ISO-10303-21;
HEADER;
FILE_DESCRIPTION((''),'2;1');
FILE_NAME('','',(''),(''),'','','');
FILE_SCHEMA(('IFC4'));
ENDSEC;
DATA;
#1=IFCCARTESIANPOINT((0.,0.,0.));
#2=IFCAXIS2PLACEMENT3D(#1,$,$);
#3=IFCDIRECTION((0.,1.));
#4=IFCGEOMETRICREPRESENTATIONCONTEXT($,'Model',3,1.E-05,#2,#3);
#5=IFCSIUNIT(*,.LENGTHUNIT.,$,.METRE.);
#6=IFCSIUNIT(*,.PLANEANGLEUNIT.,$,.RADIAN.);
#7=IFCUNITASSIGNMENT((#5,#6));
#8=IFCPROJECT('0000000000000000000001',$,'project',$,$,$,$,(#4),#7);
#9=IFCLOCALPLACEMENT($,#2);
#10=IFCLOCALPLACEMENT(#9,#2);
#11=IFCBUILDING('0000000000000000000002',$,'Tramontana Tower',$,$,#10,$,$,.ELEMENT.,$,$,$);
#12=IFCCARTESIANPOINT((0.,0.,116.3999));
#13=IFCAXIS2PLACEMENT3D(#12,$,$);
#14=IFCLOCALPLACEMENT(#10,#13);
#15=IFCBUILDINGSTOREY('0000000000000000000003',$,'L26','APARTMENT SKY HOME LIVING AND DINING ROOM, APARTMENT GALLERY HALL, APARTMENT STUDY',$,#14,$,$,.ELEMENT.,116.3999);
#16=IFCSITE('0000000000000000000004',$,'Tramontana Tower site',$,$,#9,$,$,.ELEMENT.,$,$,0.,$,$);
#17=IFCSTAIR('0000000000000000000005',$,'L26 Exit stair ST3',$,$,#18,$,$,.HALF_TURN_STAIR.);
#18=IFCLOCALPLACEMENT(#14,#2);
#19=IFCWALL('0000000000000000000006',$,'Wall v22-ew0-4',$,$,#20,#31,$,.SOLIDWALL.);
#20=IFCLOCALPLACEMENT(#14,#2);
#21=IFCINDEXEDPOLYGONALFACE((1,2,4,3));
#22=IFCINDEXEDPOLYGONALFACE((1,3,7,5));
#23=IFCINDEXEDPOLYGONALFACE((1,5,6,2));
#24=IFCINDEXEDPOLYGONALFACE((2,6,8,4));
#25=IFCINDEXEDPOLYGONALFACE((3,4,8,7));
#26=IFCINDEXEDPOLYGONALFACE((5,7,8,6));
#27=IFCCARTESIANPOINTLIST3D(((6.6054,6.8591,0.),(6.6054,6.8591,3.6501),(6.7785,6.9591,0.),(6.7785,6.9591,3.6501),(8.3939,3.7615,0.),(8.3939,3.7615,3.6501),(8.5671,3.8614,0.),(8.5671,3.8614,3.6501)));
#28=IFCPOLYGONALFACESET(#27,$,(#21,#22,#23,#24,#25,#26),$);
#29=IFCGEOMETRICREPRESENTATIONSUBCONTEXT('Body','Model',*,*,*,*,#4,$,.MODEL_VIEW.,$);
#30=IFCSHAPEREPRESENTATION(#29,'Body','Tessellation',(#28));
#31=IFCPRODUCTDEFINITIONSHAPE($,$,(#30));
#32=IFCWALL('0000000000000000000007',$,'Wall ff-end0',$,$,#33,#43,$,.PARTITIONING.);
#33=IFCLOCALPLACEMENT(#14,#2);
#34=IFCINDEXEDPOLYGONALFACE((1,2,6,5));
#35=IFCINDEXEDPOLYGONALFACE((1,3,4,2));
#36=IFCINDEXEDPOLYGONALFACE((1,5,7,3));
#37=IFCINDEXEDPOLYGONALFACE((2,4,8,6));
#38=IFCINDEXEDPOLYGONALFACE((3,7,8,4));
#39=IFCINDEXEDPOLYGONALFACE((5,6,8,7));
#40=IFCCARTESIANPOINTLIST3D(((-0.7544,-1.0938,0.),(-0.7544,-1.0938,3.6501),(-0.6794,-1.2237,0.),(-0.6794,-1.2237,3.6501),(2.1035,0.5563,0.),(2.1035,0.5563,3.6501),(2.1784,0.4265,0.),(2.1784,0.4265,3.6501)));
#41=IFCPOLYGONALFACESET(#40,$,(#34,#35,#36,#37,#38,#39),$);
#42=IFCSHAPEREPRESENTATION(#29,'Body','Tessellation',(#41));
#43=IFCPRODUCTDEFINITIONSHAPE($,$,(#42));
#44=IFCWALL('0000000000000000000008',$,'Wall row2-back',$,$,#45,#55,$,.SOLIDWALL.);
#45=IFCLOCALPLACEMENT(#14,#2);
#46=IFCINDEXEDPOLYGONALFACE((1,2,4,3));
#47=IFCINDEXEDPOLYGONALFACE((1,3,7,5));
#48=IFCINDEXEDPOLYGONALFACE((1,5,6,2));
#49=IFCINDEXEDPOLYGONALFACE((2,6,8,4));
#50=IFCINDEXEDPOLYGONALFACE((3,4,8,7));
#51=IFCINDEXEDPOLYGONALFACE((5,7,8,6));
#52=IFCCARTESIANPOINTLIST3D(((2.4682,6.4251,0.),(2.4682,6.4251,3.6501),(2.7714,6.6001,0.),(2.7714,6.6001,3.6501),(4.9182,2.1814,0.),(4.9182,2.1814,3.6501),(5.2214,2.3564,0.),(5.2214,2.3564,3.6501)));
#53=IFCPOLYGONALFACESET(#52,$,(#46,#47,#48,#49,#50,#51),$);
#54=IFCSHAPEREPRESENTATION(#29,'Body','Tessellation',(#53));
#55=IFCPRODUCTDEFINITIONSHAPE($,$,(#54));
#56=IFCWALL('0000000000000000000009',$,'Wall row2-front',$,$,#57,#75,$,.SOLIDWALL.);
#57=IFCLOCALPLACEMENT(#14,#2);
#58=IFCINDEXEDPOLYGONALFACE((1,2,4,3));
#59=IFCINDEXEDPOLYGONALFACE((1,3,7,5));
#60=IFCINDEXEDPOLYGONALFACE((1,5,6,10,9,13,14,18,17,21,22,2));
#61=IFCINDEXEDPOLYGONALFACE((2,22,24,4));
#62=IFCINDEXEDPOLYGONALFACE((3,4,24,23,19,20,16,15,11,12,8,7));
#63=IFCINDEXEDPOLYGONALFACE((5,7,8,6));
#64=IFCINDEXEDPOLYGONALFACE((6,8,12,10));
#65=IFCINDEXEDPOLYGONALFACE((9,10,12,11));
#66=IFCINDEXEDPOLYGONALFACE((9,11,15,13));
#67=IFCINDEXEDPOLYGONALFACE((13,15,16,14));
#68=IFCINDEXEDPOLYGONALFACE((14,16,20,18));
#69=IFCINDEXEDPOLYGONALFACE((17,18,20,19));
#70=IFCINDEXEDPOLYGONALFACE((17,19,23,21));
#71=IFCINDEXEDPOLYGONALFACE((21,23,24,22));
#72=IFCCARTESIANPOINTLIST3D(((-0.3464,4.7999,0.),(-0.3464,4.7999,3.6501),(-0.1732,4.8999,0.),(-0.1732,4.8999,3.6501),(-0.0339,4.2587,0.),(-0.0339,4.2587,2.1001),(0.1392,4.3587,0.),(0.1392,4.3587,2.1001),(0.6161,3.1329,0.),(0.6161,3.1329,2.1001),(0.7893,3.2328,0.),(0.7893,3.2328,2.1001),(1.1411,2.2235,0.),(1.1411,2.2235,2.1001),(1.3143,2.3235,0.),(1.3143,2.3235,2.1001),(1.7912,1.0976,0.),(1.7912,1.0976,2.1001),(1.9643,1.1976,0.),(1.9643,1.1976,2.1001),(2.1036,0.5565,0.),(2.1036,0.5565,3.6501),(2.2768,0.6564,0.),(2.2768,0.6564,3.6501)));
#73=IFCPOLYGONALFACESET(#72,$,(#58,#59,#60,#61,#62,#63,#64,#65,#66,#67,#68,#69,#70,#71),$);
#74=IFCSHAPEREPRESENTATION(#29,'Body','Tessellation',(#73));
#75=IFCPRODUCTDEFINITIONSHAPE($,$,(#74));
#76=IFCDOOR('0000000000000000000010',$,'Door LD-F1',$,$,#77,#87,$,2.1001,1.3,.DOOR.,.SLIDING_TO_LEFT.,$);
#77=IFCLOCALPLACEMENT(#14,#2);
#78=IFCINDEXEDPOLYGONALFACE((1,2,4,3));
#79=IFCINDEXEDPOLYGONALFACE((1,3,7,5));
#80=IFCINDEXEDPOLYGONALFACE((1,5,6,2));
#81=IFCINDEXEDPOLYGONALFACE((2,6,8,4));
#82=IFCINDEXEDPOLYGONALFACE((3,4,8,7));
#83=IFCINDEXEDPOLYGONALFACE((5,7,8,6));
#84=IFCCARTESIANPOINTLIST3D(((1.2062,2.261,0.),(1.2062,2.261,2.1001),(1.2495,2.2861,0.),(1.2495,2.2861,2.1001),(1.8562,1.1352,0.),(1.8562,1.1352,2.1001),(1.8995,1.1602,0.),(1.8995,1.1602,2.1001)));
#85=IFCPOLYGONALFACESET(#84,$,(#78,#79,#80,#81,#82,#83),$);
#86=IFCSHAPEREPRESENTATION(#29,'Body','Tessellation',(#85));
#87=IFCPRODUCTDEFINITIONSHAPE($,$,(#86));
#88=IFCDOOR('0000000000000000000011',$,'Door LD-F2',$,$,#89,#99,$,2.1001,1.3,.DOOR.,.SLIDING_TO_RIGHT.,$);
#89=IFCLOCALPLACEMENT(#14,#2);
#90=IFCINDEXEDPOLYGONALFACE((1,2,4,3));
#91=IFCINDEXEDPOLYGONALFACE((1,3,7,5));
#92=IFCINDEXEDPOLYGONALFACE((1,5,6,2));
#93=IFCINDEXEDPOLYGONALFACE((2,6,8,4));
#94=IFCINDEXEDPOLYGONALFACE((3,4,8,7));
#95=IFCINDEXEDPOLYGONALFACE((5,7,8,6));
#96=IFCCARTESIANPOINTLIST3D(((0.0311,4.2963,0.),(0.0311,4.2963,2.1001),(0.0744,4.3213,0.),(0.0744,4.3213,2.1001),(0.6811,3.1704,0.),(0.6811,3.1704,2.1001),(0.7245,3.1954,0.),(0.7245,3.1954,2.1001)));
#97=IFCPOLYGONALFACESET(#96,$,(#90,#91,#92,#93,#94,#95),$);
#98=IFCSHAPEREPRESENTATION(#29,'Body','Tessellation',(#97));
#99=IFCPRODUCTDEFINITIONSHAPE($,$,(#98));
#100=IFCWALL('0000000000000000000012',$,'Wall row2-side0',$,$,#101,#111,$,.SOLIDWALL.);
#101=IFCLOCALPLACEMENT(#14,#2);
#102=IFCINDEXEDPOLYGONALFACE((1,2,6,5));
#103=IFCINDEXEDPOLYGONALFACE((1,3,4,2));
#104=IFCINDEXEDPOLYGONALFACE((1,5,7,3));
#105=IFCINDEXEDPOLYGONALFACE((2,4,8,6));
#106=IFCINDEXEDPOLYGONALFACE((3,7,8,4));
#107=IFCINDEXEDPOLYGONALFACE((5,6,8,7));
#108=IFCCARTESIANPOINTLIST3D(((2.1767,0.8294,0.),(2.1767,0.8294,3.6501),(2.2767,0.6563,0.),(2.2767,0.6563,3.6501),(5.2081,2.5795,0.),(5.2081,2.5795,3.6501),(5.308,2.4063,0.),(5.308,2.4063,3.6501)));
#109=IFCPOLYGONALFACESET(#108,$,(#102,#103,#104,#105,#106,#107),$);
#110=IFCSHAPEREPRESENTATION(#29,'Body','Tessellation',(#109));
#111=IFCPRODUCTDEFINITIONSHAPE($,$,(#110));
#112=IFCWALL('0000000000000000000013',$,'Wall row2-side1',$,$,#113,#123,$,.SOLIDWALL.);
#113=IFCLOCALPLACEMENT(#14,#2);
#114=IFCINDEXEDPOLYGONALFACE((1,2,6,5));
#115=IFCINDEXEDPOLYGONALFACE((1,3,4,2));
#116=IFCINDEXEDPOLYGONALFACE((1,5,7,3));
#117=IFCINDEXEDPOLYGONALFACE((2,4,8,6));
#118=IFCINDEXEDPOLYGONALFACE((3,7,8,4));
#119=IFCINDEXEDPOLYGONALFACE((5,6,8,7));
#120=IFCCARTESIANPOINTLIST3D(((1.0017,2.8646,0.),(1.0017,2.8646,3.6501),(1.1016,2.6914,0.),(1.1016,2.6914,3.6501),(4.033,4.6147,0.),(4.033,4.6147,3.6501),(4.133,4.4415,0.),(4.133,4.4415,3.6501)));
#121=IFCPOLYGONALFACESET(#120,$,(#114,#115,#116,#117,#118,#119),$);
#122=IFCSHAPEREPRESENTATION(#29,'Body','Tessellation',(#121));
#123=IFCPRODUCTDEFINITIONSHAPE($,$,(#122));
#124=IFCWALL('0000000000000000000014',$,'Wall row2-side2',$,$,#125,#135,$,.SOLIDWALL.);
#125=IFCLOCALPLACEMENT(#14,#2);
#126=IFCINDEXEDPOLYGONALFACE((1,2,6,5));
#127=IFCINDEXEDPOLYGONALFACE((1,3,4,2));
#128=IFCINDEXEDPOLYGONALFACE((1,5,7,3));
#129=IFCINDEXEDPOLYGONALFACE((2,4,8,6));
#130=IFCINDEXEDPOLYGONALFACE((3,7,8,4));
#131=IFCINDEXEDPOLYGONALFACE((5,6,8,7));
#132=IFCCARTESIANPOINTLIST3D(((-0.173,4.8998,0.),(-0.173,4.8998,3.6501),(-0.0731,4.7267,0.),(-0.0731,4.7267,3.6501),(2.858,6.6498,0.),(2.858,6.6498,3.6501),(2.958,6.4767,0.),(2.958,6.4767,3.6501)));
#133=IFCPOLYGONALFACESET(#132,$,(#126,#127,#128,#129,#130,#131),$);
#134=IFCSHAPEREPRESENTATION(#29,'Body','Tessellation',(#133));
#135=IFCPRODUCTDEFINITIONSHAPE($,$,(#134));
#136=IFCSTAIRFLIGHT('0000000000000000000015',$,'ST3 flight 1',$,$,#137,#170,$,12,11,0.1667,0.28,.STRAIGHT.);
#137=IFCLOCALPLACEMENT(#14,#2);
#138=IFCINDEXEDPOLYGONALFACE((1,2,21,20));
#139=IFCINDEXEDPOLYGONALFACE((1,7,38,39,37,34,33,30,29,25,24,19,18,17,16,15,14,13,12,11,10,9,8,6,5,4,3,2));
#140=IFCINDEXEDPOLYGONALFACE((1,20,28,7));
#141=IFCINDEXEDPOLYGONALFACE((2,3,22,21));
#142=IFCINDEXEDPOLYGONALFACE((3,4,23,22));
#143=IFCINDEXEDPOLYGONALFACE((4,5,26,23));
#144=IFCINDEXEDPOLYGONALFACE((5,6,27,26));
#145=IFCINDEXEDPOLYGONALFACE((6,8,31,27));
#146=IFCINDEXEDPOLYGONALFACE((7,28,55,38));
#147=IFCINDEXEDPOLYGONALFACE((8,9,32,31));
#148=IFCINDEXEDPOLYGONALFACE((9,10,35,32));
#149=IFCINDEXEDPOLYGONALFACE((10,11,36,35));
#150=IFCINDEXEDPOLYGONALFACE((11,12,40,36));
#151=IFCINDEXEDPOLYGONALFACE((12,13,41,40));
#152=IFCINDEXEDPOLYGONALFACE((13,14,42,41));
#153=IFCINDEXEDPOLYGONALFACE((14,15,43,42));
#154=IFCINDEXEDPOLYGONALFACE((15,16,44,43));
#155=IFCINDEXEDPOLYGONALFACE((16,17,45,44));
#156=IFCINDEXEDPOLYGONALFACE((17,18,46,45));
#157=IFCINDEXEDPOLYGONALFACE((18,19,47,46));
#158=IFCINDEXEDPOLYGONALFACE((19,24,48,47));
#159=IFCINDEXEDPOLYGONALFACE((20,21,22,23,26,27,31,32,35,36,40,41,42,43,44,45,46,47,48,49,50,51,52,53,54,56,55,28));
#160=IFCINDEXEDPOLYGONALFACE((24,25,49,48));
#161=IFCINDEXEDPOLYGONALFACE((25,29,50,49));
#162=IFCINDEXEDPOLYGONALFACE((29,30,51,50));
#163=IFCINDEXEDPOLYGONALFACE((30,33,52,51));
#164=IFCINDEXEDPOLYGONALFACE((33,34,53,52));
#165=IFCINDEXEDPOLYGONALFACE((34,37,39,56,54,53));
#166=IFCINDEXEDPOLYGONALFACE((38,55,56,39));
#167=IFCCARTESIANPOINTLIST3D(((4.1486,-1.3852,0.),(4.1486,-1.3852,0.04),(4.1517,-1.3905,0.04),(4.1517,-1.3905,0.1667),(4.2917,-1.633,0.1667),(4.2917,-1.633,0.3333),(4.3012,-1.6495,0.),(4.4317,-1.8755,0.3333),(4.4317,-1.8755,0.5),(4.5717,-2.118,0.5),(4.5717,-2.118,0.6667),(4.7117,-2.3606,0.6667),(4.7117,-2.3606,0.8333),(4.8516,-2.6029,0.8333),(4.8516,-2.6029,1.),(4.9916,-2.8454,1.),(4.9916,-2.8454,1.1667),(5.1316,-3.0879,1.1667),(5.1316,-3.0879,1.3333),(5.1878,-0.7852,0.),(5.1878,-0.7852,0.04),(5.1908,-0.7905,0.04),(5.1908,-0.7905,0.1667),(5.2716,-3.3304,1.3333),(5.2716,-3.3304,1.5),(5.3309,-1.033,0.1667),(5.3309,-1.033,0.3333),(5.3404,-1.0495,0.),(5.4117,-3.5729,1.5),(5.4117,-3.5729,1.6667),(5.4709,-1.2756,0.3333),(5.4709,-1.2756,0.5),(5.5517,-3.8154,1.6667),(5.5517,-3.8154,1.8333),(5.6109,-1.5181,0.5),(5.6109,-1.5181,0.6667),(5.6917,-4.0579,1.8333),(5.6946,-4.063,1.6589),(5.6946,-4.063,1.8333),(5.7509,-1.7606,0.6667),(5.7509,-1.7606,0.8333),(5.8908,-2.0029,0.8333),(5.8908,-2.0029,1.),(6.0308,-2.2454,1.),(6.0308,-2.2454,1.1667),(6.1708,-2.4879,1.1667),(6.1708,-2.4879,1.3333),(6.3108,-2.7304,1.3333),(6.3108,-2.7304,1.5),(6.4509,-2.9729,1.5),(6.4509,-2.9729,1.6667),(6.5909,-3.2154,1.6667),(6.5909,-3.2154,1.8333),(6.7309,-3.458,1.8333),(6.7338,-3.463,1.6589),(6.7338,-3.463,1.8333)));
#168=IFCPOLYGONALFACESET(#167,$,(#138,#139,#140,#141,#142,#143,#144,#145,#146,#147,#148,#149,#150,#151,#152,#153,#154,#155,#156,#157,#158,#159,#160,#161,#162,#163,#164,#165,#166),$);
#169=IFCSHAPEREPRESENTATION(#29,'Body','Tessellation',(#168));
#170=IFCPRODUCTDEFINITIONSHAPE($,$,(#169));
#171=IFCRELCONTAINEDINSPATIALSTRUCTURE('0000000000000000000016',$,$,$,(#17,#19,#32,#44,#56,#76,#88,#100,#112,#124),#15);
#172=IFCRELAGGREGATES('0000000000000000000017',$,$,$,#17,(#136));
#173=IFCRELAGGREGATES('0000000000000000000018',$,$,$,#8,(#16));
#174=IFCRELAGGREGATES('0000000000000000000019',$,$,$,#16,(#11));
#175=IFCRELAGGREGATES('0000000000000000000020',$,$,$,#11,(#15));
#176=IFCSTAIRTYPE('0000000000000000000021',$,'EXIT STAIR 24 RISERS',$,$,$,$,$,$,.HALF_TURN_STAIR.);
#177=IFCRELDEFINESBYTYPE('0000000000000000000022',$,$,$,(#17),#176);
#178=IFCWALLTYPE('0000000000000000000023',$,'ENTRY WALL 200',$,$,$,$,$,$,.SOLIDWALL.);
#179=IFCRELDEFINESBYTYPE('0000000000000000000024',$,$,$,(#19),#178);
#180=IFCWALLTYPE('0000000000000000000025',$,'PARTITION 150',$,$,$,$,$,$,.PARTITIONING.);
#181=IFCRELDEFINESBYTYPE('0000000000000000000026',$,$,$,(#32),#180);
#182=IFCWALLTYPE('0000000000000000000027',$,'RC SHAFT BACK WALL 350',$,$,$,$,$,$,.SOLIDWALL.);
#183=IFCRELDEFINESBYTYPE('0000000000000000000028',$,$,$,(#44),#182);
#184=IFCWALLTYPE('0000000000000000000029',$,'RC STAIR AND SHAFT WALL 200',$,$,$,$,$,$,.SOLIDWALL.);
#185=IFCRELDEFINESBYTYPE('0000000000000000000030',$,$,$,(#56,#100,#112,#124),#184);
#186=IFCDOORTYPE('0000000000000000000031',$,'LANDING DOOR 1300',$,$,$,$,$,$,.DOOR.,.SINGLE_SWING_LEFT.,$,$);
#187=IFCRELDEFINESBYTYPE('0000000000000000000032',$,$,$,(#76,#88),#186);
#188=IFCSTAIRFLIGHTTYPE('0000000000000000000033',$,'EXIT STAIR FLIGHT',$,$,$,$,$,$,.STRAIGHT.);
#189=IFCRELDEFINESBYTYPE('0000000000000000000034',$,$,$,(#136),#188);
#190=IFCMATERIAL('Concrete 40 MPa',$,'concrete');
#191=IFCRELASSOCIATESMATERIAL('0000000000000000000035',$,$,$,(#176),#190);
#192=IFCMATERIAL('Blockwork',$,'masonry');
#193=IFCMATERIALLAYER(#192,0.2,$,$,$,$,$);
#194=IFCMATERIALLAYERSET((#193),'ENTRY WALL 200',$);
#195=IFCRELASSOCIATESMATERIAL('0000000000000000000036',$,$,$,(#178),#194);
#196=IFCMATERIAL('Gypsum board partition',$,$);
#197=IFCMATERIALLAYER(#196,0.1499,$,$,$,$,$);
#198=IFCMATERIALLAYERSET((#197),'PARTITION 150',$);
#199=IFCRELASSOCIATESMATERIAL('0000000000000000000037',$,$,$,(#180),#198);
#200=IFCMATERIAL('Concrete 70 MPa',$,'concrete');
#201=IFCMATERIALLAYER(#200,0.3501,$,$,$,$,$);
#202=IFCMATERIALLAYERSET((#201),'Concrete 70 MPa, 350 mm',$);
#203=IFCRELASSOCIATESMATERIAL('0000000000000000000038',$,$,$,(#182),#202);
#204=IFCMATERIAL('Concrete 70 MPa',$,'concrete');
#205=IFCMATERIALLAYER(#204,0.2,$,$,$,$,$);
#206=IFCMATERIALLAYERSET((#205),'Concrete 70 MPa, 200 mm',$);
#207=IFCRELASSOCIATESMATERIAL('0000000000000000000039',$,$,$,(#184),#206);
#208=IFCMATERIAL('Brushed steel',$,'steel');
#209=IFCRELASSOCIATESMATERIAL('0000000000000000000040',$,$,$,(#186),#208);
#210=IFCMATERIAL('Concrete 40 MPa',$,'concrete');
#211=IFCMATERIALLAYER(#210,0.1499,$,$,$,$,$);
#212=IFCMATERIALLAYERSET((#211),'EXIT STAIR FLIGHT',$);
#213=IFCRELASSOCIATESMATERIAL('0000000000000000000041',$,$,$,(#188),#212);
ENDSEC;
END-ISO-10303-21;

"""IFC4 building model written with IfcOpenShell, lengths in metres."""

from ifc_helpers import new_model, si_unit, direction, frame, frame_2d, origin, place, context, subcontext, project, spatial, polyline, rectangle, outline, extrude, material, layer, layer_set, type_object, element, fill, aggregate, save


model = new_model("IFC4")

# Units and contexts
model_context = context("Model", 3, precision=1e-05, world=origin(), true_north=direction((0.0, 1.0)))
body_context = subcontext(model_context, "Body", "Model", "MODEL_VIEW")
ifc_project = project(units=[si_unit("LENGTHUNIT", "METRE"), si_unit("PLANEANGLEUNIT", "RADIAN")], contexts=[model_context])

# Site, building, storey
site_placement = place(None, origin())
site = spatial("IfcSite", under=ifc_project, at=site_placement, Name="Tramontana Tower site", CompositionType="ELEMENT", RefElevation=0.0)
building_placement = place(site_placement, origin())
building = spatial("IfcBuilding", under=site, at=building_placement, Name="Tramontana Tower", CompositionType="ELEMENT")
storey_placement = place(building_placement, frame((0.0, 0.0, 116.3999)))
storey = spatial("IfcBuildingStorey", under=building, at=storey_placement, Name="L26", Description="APARTMENT SKY HOME LIVING AND DINING ROOM, APARTMENT GALLERY HALL, APARTMENT STUDY", CompositionType="ELEMENT", Elevation=116.3999)

# Stair
ifc_material_1 = material(Name="Concrete 40 MPa", Category="concrete")
stair_type = type_object("IfcStairType", Name="EXIT STAIR 24 RISERS", PredefinedType="HALF_TURN_STAIR", material=ifc_material_1)
stair_1_placement = place(storey_placement, origin())
stair_1 = element("IfcStair", 1, at=stair_1_placement, inside=storey, type_object=stair_type, Name="L26 Exit stair ST3", PredefinedType="HALF_TURN_STAIR")

# Wall
ifc_material_2 = material(Name="Blockwork", Category="masonry")
ifc_layer_1 = layer(ifc_material_2, 0.2)
ifc_layer_set_1 = layer_set([ifc_layer_1], Name="ENTRY WALL 200")
wall_type_1 = type_object("IfcWallType", Name="ENTRY WALL 200", PredefinedType="SOLIDWALL", material=ifc_layer_set_1)
wall_1_placement = place(storey_placement, frame((6.6919, 6.9092, 0.0), z_axis=(0.0, 0.0, 1.0), x_axis=(0.50003, -0.866008, 0.0)))
element("IfcWall", 2, at=wall_1_placement, inside=storey, type_object=wall_type_1, Name="Wall v22-ew0-4", PredefinedType="SOLIDWALL", context=body_context, shape_type="SweptSolid", body=[
    extrude(rectangle(XDim=3.5769, YDim=0.2, at=frame_2d((1.7886, 0.0))), origin(), (0.0, 0.0, 1.0), 3.6501),
])

# Shared definitions
ifc_material_3 = material(Name="Gypsum board partition")
ifc_layer_2 = layer(ifc_material_3, 0.1499)
ifc_layer_set_2 = layer_set([ifc_layer_2], Name="PARTITION 150")
wall_type_2 = type_object("IfcWallType", Name="PARTITION 150", PredefinedType="PARTITIONING", material=ifc_layer_set_2)

# Walls
wall_2_placement = place(storey_placement, frame((-0.7168, -1.1587, 0.0), z_axis=(0.0, 0.0, 1.0), x_axis=(0.866008, 0.50003, 0.0)))
element("IfcWall", 3, at=wall_2_placement, inside=storey, type_object=wall_type_2, Name="Wall ff-end0", PredefinedType="PARTITIONING", context=body_context, shape_type="SweptSolid", body=[
    extrude(rectangle(XDim=3.3, YDim=0.1499, at=frame_2d((1.6499, 0.0))), origin(), (0.0, 0.0, 1.0), 3.6501),
])
ifc_material_4 = material(Name="Concrete 70 MPa", Category="concrete")
ifc_layer_3 = layer(ifc_material_4, 0.3501)
ifc_layer_set_3 = layer_set([ifc_layer_3], Name="Concrete 70 MPa, 350 mm")
wall_type_3 = type_object("IfcWallType", Name="RC SHAFT BACK WALL 350", PredefinedType="SOLIDWALL", material=ifc_layer_set_3)
wall_3_placement = place(storey_placement, frame((5.0698, 2.2688, 0.0), z_axis=(0.0, 0.0, 1.0), x_axis=(-0.499981, 0.866036, 0.0)))
element("IfcWall", 4, at=wall_3_placement, inside=storey, type_object=wall_type_3, Name="Wall row2-back", PredefinedType="SOLIDWALL", context=body_context, shape_type="SweptSolid", body=[
    extrude(rectangle(XDim=4.9001, YDim=0.3501, at=frame_2d((2.4502, 0.0))), origin(), (0.0, 0.0, 1.0), 3.6501),
])

# Shared definitions
ifc_material_5 = material(Name="Concrete 70 MPa", Category="concrete")
ifc_layer_4 = layer(ifc_material_5, 0.2)
ifc_layer_set_4 = layer_set([ifc_layer_4], Name="Concrete 70 MPa, 200 mm")
wall_type_4 = type_object("IfcWallType", Name="RC STAIR AND SHAFT WALL 200", PredefinedType="SOLIDWALL", material=ifc_layer_set_4)

# Wall, openings, doors
wall_4_placement = place(storey_placement, frame((2.1902, 0.6064, 0.0), z_axis=(0.0, 0.0, 1.0), x_axis=(-0.500003, 0.866024, 0.0)))
wall_4 = element("IfcWall", 5, at=wall_4_placement, inside=storey, type_object=wall_type_4, Name="Wall row2-front", PredefinedType="SOLIDWALL", context=body_context, shape_type="SweptSolid", body=[
    extrude(rectangle(XDim=4.8999, YDim=0.2, at=frame_2d((2.45, 0.0))), origin(), (0.0, 0.0, 1.0), 3.6501),
])
opening_1_placement = place(wall_4_placement, frame((0.625, 0.0, 0.0)))
opening_1 = element("IfcOpeningElement", 6, at=opening_1_placement, cuts=wall_4, PredefinedType="OPENING", context=body_context, shape_type="SweptSolid", body=[
    extrude(rectangle(XDim=1.3, YDim=2.1001, at=frame_2d((0.6499, 1.05))), frame((0.0, 0.1099, 0.0), z_axis=(0.0, -1.0, 0.0), x_axis=(1.0, 0.0, 0.0)), (0.0, 0.0, 1.0), 0.22),
])
opening_2_placement = place(wall_4_placement, frame((2.9751, 0.0, 0.0)))
opening_2 = element("IfcOpeningElement", 7, at=opening_2_placement, cuts=wall_4, PredefinedType="OPENING", context=body_context, shape_type="SweptSolid", body=[
    extrude(rectangle(XDim=1.3, YDim=2.1001, at=frame_2d((0.6499, 1.05))), frame((0.0, 0.1099, 0.0), z_axis=(0.0, -1.0, 0.0), x_axis=(1.0, 0.0, 0.0)), (0.0, 0.0, 1.0), 0.22),
])
ifc_material_6 = material(Name="Brushed steel", Category="steel")
door_type_1 = type_object("IfcDoorType", Name="LANDING DOOR 1300", OperationType="SINGLE_SWING_LEFT", PredefinedType="DOOR", material=ifc_material_6)
door_1_placement = place(opening_1_placement, origin())
door_1 = element("IfcDoor", 8, at=door_1_placement, inside=storey, type_object=door_type_1, Name="Door LD-F1", OperationType="SLIDING_TO_LEFT", OverallHeight=2.1001, OverallWidth=1.3, PredefinedType="DOOR", context=body_context, shape_type="SweptSolid", body=[
    extrude(rectangle(XDim=1.3, YDim=2.1001, at=frame_2d((0.6499, 1.05))), frame((0.0, 0.0249, 0.0), z_axis=(0.0, -1.0, 0.0), x_axis=(1.0, 0.0, 0.0)), (0.0, 0.0, 1.0), 0.05),
])
fill(opening_1, door_1)
door_2_placement = place(opening_2_placement, origin())
door_2 = element("IfcDoor", 9, at=door_2_placement, inside=storey, type_object=door_type_1, Name="Door LD-F2", OperationType="SLIDING_TO_RIGHT", OverallHeight=2.1001, OverallWidth=1.3, PredefinedType="DOOR", context=body_context, shape_type="SweptSolid", body=[
    extrude(rectangle(XDim=1.3, YDim=2.1001, at=frame_2d((0.6499, 1.05))), frame((0.0, 0.0249, 0.0), z_axis=(0.0, -1.0, 0.0), x_axis=(1.0, 0.0, 0.0)), (0.0, 0.0, 1.0), 0.05),
])
fill(opening_2, door_2)

# Walls
for number, where, z_axis, x_axis, name in (
    (10, (2.2268, 0.7429, 0.0), (0.0, 0.0, 1.0), (0.866037, 0.49998, 0.0), "Wall row2-side0"),
    (11, (1.0518, 2.7781, 0.0), (0.0, 0.0, 1.0), (0.866037, 0.49998, 0.0), "Wall row2-side1"),
):
    element("IfcWall", number, at=place(storey_placement, frame(where, z_axis=z_axis, x_axis=x_axis)), inside=storey, type_object=wall_type_4, Name=name, PredefinedType="SOLIDWALL", context=body_context, shape_type="SweptSolid", body=[
        extrude(rectangle(XDim=3.5002, YDim=0.2, at=frame_2d((1.75, 0.0))), origin(), (0.0, 0.0, 1.0), 3.6501),
    ])
wall_5_placement = place(storey_placement, frame((-0.123, 4.8132, 0.0), z_axis=(0.0, 0.0, 1.0), x_axis=(0.866019, 0.50001, 0.0)))
element("IfcWall", 12, at=wall_5_placement, inside=storey, type_object=wall_type_4, Name="Wall row2-side2", PredefinedType="SOLIDWALL", context=body_context, shape_type="SweptSolid", body=[
    extrude(rectangle(XDim=3.5, YDim=0.2, at=frame_2d((1.75, 0.0))), origin(), (0.0, 0.0, 1.0), 3.6501),
])

# Stair flight
ifc_material_7 = material(Name="Concrete 40 MPa", Category="concrete")
ifc_layer_5 = layer(ifc_material_7, 0.1499)
ifc_layer_set_5 = layer_set([ifc_layer_5], Name="EXIT STAIR FLIGHT")
stair_flight_type = type_object("IfcStairFlightType", Name="EXIT STAIR FLIGHT", PredefinedType="STRAIGHT", material=ifc_layer_set_5)
stair_flight_placement = place(storey_placement, frame((4.6711, -1.0906, 0.0), z_axis=(0.0, 0.0, 1.0), x_axis=(0.5, -0.866025, 0.0)))
stair_flight = element("IfcStairFlight", 13, at=stair_flight_placement, type_object=stair_flight_type, Name="ST3 flight 1", NumberOfRisers=12, NumberOfTreads=11, PredefinedType="STRAIGHT", RiserHeight=0.1667, TreadLength=0.28, context=body_context, shape_type="SweptSolid", body=[
    extrude(outline(polyline([(-0.0061, 0.0), (-0.0061, 0.04), (0.0, 0.04), (0.0, 0.1667), (0.28, 0.1667), (0.28, 0.3333), (0.5601, 0.3333), (0.5601, 0.5), (0.8401, 0.5), (0.8401, 0.6667), (1.1201, 0.6667), (1.1201, 0.8333), (1.3999, 0.8333), (1.3999, 1.0), (1.6799, 1.0), (1.6799, 1.1667), (1.96, 1.1667), (1.96, 1.3333), (2.24, 1.3333), (2.24, 1.5), (2.52, 1.5), (2.52, 1.6667), (2.8, 1.6667), (2.8, 1.8333), (3.0801, 1.8333), (3.0859, 1.8333), (3.0859, 1.6589), (0.2991, 0.0), (-0.0061, 0.0)])), frame((0.0, 0.6001, 0.0), z_axis=(0.0, -1.0, 0.0), x_axis=(1.0, 0.0, 0.0)), (0.0, 0.0, 1.0), 1.2),
])
aggregate(stair_1, [stair_flight])

save(model, "model.ifc")
